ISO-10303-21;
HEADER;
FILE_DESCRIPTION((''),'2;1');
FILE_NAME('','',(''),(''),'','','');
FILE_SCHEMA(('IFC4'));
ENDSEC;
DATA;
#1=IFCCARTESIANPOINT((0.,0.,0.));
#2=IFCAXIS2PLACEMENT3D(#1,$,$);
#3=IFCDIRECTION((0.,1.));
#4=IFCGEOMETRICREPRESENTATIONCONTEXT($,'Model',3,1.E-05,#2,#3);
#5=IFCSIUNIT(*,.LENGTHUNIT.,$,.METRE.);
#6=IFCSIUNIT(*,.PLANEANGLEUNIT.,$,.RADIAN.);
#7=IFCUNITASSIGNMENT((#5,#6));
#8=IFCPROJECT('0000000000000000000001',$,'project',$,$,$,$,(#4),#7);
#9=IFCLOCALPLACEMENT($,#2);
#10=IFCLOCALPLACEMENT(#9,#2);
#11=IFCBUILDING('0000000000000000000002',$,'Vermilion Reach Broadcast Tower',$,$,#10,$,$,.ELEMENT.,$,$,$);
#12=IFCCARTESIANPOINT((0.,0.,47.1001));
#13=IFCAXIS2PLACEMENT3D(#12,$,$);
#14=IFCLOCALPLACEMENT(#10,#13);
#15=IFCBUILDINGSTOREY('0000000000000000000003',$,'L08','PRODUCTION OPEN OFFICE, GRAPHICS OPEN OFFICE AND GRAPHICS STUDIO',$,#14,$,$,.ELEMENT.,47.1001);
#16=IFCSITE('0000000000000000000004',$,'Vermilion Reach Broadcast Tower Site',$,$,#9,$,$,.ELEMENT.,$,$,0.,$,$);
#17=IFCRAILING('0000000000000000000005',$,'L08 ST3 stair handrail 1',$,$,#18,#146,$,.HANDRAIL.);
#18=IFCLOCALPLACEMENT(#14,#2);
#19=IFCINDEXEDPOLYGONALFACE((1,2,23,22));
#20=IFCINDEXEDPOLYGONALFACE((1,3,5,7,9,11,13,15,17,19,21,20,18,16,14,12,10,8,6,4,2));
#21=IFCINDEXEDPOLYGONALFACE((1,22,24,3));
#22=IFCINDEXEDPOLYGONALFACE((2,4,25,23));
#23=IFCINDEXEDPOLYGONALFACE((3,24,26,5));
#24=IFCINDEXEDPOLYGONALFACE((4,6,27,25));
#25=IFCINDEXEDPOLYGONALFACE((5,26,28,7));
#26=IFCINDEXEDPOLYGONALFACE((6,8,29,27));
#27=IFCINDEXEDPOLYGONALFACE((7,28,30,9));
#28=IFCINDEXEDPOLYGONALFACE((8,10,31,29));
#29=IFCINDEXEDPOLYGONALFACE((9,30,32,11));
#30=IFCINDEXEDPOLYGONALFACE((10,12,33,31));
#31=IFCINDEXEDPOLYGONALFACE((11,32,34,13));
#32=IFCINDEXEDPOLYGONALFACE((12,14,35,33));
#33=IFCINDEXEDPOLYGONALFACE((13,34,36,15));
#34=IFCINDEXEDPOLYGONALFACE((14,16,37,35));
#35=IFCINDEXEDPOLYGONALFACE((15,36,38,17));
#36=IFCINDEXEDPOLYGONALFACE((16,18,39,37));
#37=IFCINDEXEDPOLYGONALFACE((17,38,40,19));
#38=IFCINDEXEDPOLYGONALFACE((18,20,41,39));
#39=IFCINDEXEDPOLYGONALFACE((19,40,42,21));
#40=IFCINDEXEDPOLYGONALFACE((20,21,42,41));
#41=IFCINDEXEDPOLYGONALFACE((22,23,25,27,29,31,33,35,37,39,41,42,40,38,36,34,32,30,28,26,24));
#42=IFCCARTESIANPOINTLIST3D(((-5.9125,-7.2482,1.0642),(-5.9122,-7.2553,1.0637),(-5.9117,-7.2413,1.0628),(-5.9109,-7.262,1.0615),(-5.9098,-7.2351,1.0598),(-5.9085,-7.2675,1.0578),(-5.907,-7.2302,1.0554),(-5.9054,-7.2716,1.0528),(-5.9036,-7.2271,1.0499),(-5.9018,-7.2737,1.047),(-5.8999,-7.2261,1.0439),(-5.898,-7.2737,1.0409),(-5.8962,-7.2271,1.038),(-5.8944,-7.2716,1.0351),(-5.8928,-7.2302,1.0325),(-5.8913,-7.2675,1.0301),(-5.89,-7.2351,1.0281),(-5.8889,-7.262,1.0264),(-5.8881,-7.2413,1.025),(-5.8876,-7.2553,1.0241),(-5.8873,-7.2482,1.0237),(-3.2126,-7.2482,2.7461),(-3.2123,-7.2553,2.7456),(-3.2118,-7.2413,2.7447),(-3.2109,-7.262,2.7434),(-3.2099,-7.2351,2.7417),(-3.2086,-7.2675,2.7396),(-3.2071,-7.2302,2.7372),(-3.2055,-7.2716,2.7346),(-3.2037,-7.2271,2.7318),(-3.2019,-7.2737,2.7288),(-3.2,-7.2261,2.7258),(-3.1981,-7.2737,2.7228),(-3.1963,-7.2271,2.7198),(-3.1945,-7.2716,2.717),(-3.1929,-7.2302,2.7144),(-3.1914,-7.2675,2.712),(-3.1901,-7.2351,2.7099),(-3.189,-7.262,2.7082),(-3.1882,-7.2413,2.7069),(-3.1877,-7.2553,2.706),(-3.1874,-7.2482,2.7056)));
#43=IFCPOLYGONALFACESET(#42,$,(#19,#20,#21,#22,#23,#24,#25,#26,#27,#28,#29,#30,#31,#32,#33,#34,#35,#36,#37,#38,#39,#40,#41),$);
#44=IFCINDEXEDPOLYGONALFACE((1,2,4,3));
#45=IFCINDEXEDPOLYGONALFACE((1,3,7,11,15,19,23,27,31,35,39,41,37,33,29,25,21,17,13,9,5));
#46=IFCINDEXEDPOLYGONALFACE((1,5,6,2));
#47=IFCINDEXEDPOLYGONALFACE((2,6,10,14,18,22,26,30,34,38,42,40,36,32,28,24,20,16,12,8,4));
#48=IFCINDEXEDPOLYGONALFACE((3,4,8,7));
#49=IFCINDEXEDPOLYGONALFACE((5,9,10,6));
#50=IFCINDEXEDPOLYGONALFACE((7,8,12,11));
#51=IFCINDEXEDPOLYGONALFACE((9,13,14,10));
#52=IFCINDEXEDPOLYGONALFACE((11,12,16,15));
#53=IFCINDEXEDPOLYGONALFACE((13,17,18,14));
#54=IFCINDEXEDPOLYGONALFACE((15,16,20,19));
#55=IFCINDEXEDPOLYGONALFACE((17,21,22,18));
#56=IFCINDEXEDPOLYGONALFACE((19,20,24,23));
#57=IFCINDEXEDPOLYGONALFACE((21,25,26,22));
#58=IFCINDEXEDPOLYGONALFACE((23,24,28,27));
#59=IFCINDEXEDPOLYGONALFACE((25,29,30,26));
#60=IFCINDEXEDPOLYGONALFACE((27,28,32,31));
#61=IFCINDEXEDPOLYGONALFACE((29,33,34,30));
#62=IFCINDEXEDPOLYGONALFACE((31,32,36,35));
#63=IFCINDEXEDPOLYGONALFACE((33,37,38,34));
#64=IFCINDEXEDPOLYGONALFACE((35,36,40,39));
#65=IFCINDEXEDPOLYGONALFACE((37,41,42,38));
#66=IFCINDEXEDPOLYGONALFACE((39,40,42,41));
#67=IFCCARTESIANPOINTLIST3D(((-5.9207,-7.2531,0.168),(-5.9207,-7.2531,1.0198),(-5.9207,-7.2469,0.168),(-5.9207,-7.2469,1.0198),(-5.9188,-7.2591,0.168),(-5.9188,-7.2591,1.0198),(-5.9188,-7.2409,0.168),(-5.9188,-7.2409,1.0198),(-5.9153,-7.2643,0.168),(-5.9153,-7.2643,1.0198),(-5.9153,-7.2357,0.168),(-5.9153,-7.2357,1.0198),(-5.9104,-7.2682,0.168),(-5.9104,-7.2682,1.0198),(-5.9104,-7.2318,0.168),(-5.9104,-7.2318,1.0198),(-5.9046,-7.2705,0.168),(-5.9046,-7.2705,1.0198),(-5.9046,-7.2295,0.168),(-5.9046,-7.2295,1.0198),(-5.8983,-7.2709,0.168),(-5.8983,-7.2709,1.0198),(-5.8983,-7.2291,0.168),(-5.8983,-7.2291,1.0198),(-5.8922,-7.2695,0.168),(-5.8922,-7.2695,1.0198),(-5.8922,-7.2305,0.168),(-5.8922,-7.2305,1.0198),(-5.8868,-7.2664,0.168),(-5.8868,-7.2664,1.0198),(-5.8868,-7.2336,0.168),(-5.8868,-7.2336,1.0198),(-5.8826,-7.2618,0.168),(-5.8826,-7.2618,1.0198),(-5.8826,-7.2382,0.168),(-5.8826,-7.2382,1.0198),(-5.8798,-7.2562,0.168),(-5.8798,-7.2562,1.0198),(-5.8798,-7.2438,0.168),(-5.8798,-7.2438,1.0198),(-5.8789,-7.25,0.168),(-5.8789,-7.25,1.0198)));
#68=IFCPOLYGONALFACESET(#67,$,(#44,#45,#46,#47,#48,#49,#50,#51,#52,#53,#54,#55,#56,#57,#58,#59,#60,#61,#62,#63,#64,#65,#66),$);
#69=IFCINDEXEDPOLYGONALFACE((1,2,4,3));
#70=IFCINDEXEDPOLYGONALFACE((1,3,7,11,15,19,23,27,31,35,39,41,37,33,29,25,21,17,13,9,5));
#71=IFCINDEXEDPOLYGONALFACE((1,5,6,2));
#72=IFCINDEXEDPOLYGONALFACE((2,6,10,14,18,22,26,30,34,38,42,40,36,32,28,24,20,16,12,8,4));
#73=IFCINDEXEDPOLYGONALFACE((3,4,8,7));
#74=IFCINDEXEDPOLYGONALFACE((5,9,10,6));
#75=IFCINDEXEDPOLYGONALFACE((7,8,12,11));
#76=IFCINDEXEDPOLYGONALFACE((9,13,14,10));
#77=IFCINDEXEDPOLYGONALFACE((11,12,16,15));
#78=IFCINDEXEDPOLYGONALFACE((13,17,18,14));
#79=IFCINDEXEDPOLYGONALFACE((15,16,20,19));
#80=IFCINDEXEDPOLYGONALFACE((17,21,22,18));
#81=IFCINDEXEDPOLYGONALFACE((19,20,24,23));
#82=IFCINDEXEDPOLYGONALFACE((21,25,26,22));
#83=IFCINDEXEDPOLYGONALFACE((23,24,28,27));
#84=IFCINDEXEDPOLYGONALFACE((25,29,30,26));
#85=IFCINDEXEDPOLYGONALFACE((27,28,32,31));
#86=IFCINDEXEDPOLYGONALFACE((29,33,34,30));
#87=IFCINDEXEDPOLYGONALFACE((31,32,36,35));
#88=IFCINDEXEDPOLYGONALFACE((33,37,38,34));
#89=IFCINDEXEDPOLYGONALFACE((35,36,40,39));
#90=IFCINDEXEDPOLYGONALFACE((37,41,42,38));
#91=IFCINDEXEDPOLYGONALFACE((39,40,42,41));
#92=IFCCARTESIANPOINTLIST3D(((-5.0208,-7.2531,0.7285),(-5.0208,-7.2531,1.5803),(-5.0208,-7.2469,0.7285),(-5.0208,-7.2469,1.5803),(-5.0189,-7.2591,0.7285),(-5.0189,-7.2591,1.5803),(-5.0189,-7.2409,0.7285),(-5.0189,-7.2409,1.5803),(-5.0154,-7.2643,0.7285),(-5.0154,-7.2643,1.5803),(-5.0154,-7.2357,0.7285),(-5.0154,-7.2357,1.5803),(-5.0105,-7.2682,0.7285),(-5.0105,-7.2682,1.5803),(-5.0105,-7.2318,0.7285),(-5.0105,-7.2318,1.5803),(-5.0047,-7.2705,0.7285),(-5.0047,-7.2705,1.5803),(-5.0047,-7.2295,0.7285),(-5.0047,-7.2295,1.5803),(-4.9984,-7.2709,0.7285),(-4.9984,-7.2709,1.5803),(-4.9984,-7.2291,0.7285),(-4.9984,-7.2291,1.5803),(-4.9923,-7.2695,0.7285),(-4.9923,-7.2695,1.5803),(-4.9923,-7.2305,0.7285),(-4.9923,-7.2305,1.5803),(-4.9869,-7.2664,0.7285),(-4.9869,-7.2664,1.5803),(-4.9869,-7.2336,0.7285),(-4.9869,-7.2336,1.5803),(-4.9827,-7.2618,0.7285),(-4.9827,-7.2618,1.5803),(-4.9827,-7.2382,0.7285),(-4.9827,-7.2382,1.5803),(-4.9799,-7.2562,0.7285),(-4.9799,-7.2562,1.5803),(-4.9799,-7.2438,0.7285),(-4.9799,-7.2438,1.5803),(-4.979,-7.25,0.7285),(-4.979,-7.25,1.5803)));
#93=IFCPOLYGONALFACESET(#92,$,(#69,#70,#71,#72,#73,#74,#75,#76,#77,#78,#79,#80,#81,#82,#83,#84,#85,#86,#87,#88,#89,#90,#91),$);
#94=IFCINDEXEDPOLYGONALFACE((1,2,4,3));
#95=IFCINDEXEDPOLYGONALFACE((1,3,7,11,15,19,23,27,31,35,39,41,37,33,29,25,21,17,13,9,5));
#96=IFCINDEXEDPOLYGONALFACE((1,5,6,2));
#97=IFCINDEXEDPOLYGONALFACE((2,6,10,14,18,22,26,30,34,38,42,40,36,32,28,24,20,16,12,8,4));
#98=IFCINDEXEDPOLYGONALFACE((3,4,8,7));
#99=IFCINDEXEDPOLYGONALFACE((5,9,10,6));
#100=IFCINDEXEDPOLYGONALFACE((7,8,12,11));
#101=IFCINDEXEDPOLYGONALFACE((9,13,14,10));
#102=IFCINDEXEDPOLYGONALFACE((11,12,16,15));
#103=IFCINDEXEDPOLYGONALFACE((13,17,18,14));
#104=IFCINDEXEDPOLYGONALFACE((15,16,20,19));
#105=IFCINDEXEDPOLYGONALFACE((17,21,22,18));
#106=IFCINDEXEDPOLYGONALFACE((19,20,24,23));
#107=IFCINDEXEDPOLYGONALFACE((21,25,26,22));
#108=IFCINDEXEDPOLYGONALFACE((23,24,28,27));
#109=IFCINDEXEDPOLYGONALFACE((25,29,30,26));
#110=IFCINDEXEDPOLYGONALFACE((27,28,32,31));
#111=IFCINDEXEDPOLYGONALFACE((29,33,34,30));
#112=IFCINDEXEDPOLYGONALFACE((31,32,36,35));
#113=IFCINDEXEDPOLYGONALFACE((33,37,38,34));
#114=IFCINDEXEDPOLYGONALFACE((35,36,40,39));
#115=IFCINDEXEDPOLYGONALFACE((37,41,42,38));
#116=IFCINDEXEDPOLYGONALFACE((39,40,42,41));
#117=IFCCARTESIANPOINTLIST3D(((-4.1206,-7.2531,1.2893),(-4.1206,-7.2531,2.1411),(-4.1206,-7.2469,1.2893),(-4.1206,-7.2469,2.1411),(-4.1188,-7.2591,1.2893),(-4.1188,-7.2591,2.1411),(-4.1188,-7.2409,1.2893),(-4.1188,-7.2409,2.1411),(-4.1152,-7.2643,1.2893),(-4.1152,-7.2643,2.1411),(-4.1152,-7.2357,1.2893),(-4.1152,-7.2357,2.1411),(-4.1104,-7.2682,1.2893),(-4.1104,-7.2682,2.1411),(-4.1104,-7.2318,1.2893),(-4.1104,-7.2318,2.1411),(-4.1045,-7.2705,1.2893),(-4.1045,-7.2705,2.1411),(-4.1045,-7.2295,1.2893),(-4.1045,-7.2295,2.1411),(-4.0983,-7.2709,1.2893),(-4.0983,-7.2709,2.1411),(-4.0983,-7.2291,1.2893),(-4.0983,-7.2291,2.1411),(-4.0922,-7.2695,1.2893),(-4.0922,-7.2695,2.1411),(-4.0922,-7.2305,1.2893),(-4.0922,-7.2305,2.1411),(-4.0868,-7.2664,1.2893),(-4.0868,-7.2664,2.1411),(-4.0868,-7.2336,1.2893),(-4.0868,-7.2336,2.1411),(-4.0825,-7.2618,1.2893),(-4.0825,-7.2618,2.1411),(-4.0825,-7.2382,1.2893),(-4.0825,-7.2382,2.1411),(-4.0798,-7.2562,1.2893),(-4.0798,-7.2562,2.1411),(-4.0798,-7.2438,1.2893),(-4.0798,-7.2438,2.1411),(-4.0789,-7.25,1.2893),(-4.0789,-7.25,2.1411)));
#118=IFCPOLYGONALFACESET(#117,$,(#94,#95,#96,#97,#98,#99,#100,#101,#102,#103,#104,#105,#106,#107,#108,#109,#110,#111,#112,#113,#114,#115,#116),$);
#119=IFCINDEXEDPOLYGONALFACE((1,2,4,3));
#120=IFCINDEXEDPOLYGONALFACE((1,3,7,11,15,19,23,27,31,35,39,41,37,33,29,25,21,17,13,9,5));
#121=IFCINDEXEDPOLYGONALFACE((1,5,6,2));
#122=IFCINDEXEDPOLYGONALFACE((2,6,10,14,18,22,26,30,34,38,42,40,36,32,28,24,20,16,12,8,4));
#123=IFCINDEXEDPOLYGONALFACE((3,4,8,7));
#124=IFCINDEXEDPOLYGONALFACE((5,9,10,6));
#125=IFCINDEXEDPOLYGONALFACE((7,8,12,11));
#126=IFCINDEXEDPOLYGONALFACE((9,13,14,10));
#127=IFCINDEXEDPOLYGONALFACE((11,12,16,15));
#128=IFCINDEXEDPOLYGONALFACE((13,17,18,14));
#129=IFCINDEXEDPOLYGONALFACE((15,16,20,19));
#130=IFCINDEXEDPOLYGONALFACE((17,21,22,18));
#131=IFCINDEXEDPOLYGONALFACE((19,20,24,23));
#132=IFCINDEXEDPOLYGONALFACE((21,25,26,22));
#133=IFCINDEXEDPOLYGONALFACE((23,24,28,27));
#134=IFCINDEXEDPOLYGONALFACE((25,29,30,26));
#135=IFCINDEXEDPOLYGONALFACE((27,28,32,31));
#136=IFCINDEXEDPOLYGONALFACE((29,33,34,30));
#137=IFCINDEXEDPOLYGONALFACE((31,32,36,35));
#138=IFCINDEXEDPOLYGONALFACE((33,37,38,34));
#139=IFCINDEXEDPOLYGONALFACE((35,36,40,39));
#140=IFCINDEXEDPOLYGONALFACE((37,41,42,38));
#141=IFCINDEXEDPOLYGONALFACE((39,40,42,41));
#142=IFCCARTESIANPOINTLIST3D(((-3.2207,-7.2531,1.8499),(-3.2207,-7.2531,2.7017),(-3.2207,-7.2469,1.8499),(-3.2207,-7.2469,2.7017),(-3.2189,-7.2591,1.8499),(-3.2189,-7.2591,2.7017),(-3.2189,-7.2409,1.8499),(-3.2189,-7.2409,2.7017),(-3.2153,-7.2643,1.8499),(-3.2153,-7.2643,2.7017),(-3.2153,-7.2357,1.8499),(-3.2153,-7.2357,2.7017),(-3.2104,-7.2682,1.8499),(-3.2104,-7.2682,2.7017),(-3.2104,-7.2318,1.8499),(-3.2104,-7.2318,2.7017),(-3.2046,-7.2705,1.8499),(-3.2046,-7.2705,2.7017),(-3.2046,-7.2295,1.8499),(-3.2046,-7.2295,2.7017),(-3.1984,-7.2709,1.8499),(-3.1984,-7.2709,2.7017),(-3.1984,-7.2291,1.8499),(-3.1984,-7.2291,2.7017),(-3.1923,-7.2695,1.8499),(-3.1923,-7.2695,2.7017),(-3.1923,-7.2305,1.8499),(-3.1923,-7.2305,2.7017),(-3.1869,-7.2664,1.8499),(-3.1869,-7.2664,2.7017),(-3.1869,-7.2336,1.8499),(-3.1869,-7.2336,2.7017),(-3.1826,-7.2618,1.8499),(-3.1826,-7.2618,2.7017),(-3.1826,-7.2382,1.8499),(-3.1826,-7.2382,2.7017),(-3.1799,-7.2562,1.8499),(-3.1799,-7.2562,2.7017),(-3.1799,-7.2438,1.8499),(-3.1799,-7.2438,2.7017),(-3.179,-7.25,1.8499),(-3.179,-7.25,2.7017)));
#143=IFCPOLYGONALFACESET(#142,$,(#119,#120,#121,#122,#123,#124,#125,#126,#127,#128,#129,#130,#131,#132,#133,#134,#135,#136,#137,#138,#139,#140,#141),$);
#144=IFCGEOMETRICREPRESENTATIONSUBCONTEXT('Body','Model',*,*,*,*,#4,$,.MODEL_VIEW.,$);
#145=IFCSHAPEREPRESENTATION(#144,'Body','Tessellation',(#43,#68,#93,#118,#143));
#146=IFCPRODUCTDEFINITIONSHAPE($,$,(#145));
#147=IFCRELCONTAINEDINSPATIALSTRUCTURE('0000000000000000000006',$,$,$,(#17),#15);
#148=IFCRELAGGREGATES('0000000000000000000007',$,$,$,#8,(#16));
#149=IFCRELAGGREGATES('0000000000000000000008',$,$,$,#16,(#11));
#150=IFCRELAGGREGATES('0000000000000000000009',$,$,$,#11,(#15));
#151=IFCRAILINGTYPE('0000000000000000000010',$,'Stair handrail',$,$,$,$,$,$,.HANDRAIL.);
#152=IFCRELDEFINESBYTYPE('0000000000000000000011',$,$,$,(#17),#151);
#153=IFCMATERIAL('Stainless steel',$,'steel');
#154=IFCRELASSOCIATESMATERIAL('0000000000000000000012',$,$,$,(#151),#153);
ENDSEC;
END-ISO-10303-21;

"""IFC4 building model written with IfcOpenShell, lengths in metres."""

from ifc_helpers import new_model, si_unit, direction, frame, origin, origin_2d, place, context, subcontext, project, spatial, circle, extrude, material, type_object, element, save


model = new_model("IFC4")

# Units and contexts
model_context = context("Model", 3, precision=1e-05, world=origin(), true_north=direction((0.0, 1.0)))
body_context = subcontext(model_context, "Body", "Model", "MODEL_VIEW")
ifc_project = project(units=[si_unit("LENGTHUNIT", "METRE"), si_unit("PLANEANGLEUNIT", "RADIAN")], contexts=[model_context])

# Site, building, storey
site_placement = place(None, origin())
site = spatial("IfcSite", under=ifc_project, at=site_placement, Name="Vermilion Reach Broadcast Tower Site", CompositionType="ELEMENT", RefElevation=0.0)
building_placement = place(site_placement, origin())
building = spatial("IfcBuilding", under=site, at=building_placement, Name="Vermilion Reach Broadcast Tower", CompositionType="ELEMENT")
storey_placement = place(building_placement, frame((0.0, 0.0, 47.1001)))
storey = spatial("IfcBuildingStorey", under=building, at=storey_placement, Name="L08", Description="PRODUCTION OPEN OFFICE, GRAPHICS OPEN OFFICE AND GRAPHICS STUDIO", CompositionType="ELEMENT", Elevation=47.1001)

# Railing
ifc_material_1 = material(Name="Stainless steel", Category="steel")
railing_type_1 = type_object("IfcRailingType", Name="Stair handrail", PredefinedType="HANDRAIL", material=ifc_material_1)
railing_1_placement = place(storey_placement, frame((-5.8999, -7.25, 0.168)))
element("IfcRailing", 1, at=railing_1_placement, inside=storey, type_object=railing_type_1, Name="L08 ST3 stair handrail 1", PredefinedType="HANDRAIL", context=body_context, shape_type="SweptSolid", body=[
    extrude(circle(Radius=0.0239, at=origin_2d()), frame((0.0, 0.0, 0.876), z_axis=(0.848786, 0.0, 0.528736), x_axis=(0.0, 1.0, 0.0)), (0.0, 0.0, 1.0), 3.1809),
    extrude(circle(Radius=0.021, at=origin_2d()), origin(), (0.0, 0.0, 1.0), 0.8518),
    extrude(circle(Radius=0.021, at=origin_2d()), frame((0.8999, 0.0, 0.5605)), (0.0, 0.0, 1.0), 0.8518),
    extrude(circle(Radius=0.021, at=origin_2d()), frame((1.8, 0.0, 1.1213)), (0.0, 0.0, 1.0), 0.8518),
    extrude(circle(Radius=0.021, at=origin_2d()), frame((2.7, 0.0, 1.6819)), (0.0, 0.0, 1.0), 0.8518),
])

save(model, "model.ifc")
